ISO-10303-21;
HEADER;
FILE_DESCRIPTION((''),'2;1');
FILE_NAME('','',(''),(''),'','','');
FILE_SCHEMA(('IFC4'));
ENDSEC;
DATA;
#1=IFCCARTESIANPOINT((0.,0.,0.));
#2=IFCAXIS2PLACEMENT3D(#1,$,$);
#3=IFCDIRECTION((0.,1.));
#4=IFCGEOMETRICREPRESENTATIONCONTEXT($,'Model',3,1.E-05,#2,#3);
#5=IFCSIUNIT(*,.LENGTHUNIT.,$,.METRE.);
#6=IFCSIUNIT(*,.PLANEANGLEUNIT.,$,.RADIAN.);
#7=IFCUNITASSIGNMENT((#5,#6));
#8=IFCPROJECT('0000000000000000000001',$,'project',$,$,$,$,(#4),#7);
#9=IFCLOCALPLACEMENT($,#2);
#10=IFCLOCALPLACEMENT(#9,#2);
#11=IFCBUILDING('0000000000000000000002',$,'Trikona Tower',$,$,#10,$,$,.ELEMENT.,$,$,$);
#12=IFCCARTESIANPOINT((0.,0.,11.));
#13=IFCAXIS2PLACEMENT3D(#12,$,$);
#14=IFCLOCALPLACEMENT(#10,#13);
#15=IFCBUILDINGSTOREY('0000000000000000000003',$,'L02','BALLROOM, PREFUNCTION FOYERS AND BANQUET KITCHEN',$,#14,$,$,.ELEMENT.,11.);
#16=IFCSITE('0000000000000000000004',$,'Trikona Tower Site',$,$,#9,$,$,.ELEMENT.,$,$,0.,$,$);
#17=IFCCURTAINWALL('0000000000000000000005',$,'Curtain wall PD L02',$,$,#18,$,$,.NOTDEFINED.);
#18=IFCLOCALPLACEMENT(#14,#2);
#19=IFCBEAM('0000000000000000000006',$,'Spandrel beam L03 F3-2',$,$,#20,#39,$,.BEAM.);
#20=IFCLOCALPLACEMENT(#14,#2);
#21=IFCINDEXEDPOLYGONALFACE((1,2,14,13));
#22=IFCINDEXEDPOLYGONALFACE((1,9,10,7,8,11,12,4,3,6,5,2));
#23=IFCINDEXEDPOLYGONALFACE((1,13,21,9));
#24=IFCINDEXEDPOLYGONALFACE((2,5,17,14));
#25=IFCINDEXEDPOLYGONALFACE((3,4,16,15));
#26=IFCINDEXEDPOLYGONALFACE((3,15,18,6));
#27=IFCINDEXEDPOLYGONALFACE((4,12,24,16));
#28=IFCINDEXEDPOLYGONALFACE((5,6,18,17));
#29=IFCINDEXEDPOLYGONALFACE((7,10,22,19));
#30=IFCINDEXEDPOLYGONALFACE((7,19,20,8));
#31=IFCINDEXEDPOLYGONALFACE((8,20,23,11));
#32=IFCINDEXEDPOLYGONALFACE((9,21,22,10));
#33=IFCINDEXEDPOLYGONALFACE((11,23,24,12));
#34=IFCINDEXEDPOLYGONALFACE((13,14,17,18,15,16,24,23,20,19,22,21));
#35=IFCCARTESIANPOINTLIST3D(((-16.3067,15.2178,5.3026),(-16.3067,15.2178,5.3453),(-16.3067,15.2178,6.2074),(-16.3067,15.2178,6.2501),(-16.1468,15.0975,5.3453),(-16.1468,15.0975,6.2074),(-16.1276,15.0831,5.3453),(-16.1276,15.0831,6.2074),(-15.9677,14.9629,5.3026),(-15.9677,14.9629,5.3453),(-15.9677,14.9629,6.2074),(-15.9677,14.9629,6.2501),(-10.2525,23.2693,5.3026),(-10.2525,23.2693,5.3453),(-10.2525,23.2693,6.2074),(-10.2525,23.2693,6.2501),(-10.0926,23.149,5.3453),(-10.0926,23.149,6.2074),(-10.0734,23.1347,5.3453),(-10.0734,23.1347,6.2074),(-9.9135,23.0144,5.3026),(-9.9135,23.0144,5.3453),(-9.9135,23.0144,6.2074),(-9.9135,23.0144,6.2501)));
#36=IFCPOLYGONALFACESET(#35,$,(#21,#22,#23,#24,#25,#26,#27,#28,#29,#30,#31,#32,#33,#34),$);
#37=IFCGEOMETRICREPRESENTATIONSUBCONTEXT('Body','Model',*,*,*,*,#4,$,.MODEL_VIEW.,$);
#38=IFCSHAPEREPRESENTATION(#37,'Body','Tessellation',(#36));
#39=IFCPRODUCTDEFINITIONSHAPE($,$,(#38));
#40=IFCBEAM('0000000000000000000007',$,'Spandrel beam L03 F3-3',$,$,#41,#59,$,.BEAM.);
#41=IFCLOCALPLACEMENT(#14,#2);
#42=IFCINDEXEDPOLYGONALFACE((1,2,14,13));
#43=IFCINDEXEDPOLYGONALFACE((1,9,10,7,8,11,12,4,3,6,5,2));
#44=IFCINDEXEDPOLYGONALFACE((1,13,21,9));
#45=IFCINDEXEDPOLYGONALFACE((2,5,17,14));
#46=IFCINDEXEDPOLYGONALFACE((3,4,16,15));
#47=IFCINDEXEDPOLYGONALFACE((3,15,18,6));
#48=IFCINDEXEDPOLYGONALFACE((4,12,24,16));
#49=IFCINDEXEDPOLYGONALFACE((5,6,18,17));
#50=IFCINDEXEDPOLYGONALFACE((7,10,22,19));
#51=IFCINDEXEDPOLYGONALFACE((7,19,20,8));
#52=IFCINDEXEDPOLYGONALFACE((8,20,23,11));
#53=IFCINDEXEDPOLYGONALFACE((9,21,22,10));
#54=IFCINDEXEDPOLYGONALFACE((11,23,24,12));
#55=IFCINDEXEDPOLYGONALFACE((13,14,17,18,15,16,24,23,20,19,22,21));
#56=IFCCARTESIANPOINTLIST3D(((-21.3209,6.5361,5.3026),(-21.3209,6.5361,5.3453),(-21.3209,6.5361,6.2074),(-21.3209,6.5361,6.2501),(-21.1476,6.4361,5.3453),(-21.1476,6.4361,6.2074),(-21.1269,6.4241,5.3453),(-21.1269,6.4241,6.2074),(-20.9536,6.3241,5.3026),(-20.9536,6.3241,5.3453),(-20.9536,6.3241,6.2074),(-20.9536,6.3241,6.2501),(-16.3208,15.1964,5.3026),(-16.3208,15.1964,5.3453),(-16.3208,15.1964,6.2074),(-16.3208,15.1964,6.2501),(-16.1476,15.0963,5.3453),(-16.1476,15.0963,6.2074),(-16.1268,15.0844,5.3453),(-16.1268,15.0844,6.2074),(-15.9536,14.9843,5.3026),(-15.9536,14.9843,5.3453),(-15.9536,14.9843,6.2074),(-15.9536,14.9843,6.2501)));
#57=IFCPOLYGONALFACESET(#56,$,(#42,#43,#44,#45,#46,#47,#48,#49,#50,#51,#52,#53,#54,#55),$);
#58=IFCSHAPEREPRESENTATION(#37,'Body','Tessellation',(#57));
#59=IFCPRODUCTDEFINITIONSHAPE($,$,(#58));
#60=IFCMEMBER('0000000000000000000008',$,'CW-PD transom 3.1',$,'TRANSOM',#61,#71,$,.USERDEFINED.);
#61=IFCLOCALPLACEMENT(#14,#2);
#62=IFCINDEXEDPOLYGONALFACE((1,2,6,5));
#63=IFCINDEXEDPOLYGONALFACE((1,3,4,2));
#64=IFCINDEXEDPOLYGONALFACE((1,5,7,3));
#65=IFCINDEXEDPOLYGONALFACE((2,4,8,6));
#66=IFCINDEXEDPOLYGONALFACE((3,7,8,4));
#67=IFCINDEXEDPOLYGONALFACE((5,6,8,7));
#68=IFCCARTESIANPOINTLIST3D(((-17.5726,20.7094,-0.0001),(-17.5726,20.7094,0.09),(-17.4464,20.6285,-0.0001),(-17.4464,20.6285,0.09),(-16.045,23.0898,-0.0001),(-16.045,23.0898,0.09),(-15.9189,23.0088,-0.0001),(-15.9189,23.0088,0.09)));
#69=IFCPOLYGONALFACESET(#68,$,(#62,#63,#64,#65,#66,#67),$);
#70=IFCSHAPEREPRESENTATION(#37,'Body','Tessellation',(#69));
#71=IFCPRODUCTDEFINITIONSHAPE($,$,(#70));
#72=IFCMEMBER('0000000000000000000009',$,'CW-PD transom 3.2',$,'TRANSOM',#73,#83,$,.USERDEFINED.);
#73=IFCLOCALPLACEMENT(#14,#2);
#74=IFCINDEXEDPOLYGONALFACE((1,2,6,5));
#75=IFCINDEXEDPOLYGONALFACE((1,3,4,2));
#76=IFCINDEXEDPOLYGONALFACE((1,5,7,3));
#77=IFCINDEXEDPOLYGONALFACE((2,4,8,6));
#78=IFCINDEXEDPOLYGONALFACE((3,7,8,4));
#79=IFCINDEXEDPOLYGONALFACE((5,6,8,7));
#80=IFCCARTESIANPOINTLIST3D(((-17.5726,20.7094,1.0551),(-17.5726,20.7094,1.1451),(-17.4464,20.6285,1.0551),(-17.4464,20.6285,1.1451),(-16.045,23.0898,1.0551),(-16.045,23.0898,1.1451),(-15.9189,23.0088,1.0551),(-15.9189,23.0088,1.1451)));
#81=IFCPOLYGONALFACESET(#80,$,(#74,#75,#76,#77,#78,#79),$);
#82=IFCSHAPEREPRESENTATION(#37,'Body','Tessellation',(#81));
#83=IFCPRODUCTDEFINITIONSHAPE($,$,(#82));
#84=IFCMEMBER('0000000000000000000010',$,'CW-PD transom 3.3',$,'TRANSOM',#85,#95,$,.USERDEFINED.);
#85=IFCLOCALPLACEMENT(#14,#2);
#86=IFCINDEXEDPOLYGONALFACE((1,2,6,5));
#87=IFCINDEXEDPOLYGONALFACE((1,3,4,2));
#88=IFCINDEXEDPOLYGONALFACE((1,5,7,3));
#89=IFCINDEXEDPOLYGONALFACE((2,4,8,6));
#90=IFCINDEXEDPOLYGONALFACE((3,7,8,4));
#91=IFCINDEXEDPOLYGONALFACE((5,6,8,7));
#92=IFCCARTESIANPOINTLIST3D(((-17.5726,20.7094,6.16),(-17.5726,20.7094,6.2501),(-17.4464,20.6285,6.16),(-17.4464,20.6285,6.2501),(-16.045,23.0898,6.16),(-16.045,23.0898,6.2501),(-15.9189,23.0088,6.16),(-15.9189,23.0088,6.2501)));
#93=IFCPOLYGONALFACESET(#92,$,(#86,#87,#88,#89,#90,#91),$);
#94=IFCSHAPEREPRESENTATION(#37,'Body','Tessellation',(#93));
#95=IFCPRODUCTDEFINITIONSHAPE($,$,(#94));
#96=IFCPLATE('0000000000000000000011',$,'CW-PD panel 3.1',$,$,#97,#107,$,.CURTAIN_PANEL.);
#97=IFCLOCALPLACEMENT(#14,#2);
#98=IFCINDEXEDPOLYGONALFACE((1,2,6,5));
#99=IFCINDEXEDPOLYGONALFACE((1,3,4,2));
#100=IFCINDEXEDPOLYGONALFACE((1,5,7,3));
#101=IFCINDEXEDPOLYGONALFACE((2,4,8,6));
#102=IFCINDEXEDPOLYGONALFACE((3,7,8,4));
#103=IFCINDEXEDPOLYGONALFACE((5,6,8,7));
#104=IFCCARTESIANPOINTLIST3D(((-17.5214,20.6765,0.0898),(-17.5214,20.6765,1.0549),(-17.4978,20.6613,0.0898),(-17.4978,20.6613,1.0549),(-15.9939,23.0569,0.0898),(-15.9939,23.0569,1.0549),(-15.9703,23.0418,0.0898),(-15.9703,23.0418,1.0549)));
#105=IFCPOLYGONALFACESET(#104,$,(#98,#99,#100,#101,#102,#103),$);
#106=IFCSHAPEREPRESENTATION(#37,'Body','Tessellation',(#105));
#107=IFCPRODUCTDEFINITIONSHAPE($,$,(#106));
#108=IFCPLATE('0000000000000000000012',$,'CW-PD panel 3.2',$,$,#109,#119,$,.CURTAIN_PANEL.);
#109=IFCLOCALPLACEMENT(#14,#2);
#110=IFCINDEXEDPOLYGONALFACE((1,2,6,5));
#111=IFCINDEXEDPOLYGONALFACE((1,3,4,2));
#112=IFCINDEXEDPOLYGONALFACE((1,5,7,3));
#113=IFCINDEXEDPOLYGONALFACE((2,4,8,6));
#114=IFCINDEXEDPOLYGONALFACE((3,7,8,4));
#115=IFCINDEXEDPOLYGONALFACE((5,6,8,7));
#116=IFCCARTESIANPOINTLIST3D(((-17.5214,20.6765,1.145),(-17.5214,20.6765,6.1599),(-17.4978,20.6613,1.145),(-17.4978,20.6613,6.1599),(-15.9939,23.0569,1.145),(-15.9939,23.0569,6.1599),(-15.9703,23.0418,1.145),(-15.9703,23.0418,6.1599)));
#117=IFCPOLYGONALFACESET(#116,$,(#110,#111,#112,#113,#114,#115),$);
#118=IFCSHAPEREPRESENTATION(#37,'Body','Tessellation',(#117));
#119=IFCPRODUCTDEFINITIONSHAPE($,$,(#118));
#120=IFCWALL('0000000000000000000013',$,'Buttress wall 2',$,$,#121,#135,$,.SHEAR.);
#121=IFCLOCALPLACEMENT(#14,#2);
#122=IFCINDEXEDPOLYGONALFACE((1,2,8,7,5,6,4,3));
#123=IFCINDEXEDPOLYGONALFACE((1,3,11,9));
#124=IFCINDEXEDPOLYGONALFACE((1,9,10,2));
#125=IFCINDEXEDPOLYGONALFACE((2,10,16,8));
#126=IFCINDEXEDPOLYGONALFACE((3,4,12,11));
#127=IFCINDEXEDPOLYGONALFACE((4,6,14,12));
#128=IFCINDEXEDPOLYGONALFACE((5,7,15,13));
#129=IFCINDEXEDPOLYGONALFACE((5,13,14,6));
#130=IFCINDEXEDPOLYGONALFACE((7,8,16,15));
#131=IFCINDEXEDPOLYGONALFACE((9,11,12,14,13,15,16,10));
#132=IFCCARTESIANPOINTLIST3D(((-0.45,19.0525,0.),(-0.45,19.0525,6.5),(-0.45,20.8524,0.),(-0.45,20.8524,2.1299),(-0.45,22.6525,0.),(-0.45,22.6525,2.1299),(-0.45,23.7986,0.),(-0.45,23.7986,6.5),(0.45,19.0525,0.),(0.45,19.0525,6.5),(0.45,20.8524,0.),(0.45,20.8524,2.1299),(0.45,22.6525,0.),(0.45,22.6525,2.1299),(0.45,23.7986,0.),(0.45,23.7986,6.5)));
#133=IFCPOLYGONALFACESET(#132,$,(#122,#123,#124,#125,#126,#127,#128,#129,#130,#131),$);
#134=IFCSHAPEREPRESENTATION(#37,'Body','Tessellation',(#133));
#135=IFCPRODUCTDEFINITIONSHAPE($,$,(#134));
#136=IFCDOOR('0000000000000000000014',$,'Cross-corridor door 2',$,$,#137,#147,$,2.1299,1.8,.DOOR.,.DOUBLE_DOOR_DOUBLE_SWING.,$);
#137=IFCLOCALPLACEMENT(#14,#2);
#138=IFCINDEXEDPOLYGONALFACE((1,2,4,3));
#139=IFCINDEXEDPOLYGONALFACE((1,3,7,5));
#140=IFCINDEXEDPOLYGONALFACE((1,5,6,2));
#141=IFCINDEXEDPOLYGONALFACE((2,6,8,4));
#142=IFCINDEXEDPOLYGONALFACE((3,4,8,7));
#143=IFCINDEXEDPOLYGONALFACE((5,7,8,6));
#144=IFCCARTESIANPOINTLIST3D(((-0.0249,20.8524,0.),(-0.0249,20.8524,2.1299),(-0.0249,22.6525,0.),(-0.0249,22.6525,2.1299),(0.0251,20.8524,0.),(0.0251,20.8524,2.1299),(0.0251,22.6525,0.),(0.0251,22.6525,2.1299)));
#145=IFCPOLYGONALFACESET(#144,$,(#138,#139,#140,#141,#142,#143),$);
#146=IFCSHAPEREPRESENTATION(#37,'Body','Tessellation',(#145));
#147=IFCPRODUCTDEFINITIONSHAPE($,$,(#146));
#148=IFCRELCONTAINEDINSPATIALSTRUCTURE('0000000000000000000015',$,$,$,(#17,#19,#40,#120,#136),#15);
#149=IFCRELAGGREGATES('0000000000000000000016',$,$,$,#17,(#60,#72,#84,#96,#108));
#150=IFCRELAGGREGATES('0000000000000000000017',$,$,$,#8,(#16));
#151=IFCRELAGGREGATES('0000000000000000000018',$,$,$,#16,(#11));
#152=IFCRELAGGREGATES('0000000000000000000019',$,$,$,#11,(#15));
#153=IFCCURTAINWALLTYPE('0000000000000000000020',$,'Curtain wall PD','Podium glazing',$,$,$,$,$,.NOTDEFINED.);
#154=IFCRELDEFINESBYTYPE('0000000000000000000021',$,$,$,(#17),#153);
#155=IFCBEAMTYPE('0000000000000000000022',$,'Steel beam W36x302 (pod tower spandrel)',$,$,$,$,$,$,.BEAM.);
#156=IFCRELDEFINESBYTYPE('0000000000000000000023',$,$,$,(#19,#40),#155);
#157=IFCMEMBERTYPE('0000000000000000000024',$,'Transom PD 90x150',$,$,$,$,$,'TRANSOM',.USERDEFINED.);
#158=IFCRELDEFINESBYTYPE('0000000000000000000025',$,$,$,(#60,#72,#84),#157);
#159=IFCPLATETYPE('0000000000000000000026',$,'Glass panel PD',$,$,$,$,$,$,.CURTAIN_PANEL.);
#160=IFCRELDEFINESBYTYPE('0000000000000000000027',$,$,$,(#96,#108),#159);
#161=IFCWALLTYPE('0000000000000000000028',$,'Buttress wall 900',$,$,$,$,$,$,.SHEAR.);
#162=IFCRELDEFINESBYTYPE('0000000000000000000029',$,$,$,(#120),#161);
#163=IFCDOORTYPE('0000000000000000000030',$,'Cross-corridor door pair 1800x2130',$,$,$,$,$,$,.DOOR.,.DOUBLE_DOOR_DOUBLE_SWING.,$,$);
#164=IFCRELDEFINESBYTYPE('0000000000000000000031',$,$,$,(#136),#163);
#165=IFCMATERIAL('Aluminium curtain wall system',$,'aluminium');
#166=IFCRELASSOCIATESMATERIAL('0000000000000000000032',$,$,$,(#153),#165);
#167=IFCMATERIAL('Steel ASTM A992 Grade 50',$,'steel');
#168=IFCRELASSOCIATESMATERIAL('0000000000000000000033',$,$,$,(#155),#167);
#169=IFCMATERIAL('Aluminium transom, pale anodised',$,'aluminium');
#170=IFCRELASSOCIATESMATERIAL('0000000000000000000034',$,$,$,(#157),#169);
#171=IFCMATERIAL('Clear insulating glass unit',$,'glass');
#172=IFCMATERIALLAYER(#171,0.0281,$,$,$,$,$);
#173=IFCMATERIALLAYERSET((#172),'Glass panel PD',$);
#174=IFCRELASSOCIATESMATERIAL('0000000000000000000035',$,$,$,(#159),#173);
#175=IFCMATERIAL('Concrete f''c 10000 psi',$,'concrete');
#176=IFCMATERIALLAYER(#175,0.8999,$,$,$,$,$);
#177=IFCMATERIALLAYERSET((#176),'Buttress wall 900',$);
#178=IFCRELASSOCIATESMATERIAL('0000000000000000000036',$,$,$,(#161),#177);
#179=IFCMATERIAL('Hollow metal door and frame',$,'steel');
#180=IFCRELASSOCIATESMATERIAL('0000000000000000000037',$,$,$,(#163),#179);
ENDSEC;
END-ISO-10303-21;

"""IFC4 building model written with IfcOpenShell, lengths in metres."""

from ifc_helpers import new_model, si_unit, direction, frame, frame_2d, origin, origin_2d, place, context, subcontext, project, spatial, rectangle, i_section, extrude, material, layer, layer_set, material_profile, profile_set, type_object, element, fill, aggregate, save


model = new_model("IFC4")

# Units and contexts
model_context = context("Model", 3, precision=1e-05, world=origin(), true_north=direction((0.0, 1.0)))
body_context = subcontext(model_context, "Body", "Model", "MODEL_VIEW")
ifc_project = project(units=[si_unit("LENGTHUNIT", "METRE"), si_unit("PLANEANGLEUNIT", "RADIAN")], contexts=[model_context])

# Site, building, storey
site_placement = place(None, origin())
site = spatial("IfcSite", under=ifc_project, at=site_placement, Name="Trikona Tower Site", CompositionType="ELEMENT", RefElevation=0.0)
building_placement = place(site_placement, origin())
building = spatial("IfcBuilding", under=site, at=building_placement, Name="Trikona Tower", CompositionType="ELEMENT")
storey_placement = place(building_placement, frame((0.0, 0.0, 11.0)))
storey = spatial("IfcBuildingStorey", under=building, at=storey_placement, Name="L02", Description="BALLROOM, PREFUNCTION FOYERS AND BANQUET KITCHEN", CompositionType="ELEMENT", Elevation=11.0)

# Curtain wall
ifc_material_1 = material(Name="Aluminium curtain wall system", Category="aluminium")
curtain_wall_type = type_object("IfcCurtainWallType", Name="Curtain wall PD", Description="Podium glazing", PredefinedType="NOTDEFINED", material=ifc_material_1)
curtain_wall_placement = place(storey_placement, origin())
curtain_wall = element("IfcCurtainWall", 1, at=curtain_wall_placement, inside=storey, type_object=curtain_wall_type, Name="Curtain wall PD L02", PredefinedType="NOTDEFINED")

# Beams
ifc_material_2 = material(Name="Steel ASTM A992 Grade 50", Category="steel")
ifc_material_profile_1 = material_profile(ifc_material_2, i_section(OverallWidth=0.4241, OverallDepth=0.9475, WebThickness=0.0239, FlangeThickness=0.0427, at=origin_2d()), Name="W36X302")
ifc_profile_set_1 = profile_set([ifc_material_profile_1], Name="Steel ASTM A992 Grade 50")
beam_type_1 = type_object("IfcBeamType", Name="Steel beam W36x302 (pod tower spandrel)", PredefinedType="BEAM", material=ifc_profile_set_1)
beam_1_placement = place(storey_placement, frame((-10.083, 23.1418, 5.7764), z_axis=(-0.600988, -0.799258, 0.0), x_axis=(0.799258, -0.600988, 0.0)))
element("IfcBeam", 2, at=beam_1_placement, inside=storey, type_object=beam_type_1, Name="Spandrel beam L03 F3-2", PredefinedType="BEAM", context=body_context, shape_type="SweptSolid", body=[
    extrude(i_section(OverallWidth=0.4241, OverallDepth=0.9475, WebThickness=0.0239, FlangeThickness=0.0427, at=origin_2d()), origin(), (0.0, 0.0, 1.0), 10.0737),
])
beam_2_placement = place(storey_placement, frame((-16.1372, 15.0903, 5.7764), z_axis=(-0.500004, -0.866023, 0.0), x_axis=(0.866023, -0.500004, 0.0)))
element("IfcBeam", 3, at=beam_2_placement, inside=storey, type_object=beam_type_1, Name="Spandrel beam L03 F3-3", PredefinedType="BEAM", context=body_context, shape_type="SweptSolid", body=[
    extrude(i_section(OverallWidth=0.4241, OverallDepth=0.9475, WebThickness=0.0239, FlangeThickness=0.0427, at=origin_2d()), origin(), (0.0, 0.0, 1.0), 10.0),
])

# Members
ifc_material_3 = material(Name="Aluminium transom, pale anodised", Category="aluminium")
ifc_material_profile_2 = material_profile(ifc_material_3, rectangle(XDim=0.1499, YDim=0.0901, at=origin_2d()), Name="TRN-PD")
ifc_profile_set_2 = profile_set([ifc_material_profile_2], Name="Aluminium transom, pale anodised")
member_type_1 = type_object("IfcMemberType", Name="Transom PD 90x150", ElementType="TRANSOM", PredefinedType="USERDEFINED", material=ifc_profile_set_2)
member_1_placement = place(storey_placement, frame((-15.9819, 23.0493, 0.0449), z_axis=(-0.540094, -0.841605, 0.0), x_axis=(0.841605, -0.540094, 0.0)))
member_1 = element("IfcMember", 4, at=member_1_placement, type_object=member_type_1, Name="CW-PD transom 3.1", ObjectType="TRANSOM", PredefinedType="USERDEFINED", context=body_context, shape_type="SweptSolid", body=[
    extrude(rectangle(XDim=0.1499, YDim=0.0901, at=origin_2d()), origin(), (0.0, 0.0, 1.0), 2.8284),
])
member_2_placement = place(storey_placement, frame((-15.9819, 23.0493, 1.1001), z_axis=(-0.540094, -0.841605, 0.0), x_axis=(0.841605, -0.540094, 0.0)))
member_2 = element("IfcMember", 5, at=member_2_placement, type_object=member_type_1, Name="CW-PD transom 3.2", ObjectType="TRANSOM", PredefinedType="USERDEFINED", context=body_context, shape_type="SweptSolid", body=[
    extrude(rectangle(XDim=0.1499, YDim=0.0901, at=origin_2d()), origin(), (0.0, 0.0, 1.0), 2.8284),
])
member_3_placement = place(storey_placement, frame((-15.9819, 23.0493, 6.2051), z_axis=(-0.540094, -0.841605, 0.0), x_axis=(0.841605, -0.540094, 0.0)))
member_3 = element("IfcMember", 6, at=member_3_placement, type_object=member_type_1, Name="CW-PD transom 3.3", ObjectType="TRANSOM", PredefinedType="USERDEFINED", context=body_context, shape_type="SweptSolid", body=[
    extrude(rectangle(XDim=0.1499, YDim=0.0901, at=origin_2d()), origin(), (0.0, 0.0, 1.0), 2.8284),
])

# Plates
ifc_material_4 = material(Name="Clear insulating glass unit", Category="glass")
ifc_layer_1 = layer(ifc_material_4, 0.0281)
ifc_layer_set_1 = layer_set([ifc_layer_1], Name="Glass panel PD")
plate_type = type_object("IfcPlateType", Name="Glass panel PD", PredefinedType="CURTAIN_PANEL", material=ifc_layer_set_1)
plate_1_placement = place(storey_placement, frame((-16.7458, 21.8591, 0.0898), z_axis=(0.0, 0.0, 1.0), x_axis=(-0.540066, -0.841623, 0.0)))
plate_1 = element("IfcPlate", 7, at=plate_1_placement, type_object=plate_type, Name="CW-PD panel 3.1", PredefinedType="CURTAIN_PANEL", context=body_context, shape_type="SweptSolid", body=[
    extrude(rectangle(XDim=2.8284, YDim=0.0281, at=origin_2d()), origin(), (0.0, 0.0, 1.0), 0.9651),
])
plate_2_placement = place(storey_placement, frame((-16.7458, 21.8591, 1.145), z_axis=(0.0, 0.0, 1.0), x_axis=(-0.540066, -0.841623, 0.0)))
plate_2 = element("IfcPlate", 8, at=plate_2_placement, type_object=plate_type, Name="CW-PD panel 3.2", PredefinedType="CURTAIN_PANEL", context=body_context, shape_type="SweptSolid", body=[
    extrude(rectangle(XDim=2.8284, YDim=0.0281, at=origin_2d()), origin(), (0.0, 0.0, 1.0), 5.0149),
])
aggregate(curtain_wall, [member_1, member_2, member_3, plate_1, plate_2])

# Wall, opening, door
ifc_material_5 = material(Name="Concrete f'c 10000 psi", Category="concrete")
ifc_layer_2 = layer(ifc_material_5, 0.8999)
ifc_layer_set_2 = layer_set([ifc_layer_2], Name="Buttress wall 900")
wall_type_1 = type_object("IfcWallType", Name="Buttress wall 900", PredefinedType="SHEAR", material=ifc_layer_set_2)
wall_1_placement = place(storey_placement, frame((0.0, 19.0525, 0.0), z_axis=(0.0, 0.0, 1.0), x_axis=(0.0, 1.0, 0.0)))
wall_1 = element("IfcWall", 9, at=wall_1_placement, inside=storey, type_object=wall_type_1, Name="Buttress wall 2", PredefinedType="SHEAR", context=body_context, shape_type="SweptSolid", body=[
    extrude(rectangle(XDim=4.7461, YDim=0.8999, at=frame_2d((2.373, 0.0))), origin(), (0.0, 0.0, 1.0), 6.5),
])
opening_1_placement = place(wall_1_placement, frame((1.8, 0.0, 0.0)))
opening_1 = element("IfcOpeningElement", 10, at=opening_1_placement, cuts=wall_1, PredefinedType="OPENING", context=body_context, shape_type="SweptSolid", body=[
    extrude(rectangle(XDim=1.8, YDim=2.1299, at=frame_2d((0.8999, 1.0649))), frame((0.0, 0.46, 0.0), z_axis=(0.0, -1.0, 0.0), x_axis=(1.0, 0.0, 0.0)), (0.0, 0.0, 1.0), 0.9199),
])
ifc_material_6 = material(Name="Hollow metal door and frame", Category="steel")
door_type_1 = type_object("IfcDoorType", Name="Cross-corridor door pair 1800x2130", OperationType="DOUBLE_DOOR_DOUBLE_SWING", PredefinedType="DOOR", material=ifc_material_6)
door_1_placement = place(opening_1_placement, origin())
door_1 = element("IfcDoor", 11, at=door_1_placement, inside=storey, type_object=door_type_1, Name="Cross-corridor door 2", OperationType="DOUBLE_DOOR_DOUBLE_SWING", OverallHeight=2.1299, OverallWidth=1.8, PredefinedType="DOOR", context=body_context, shape_type="SweptSolid", body=[
    extrude(rectangle(XDim=1.8, YDim=2.1299, at=frame_2d((0.8999, 1.0649))), frame((0.0, 0.0249, 0.0), z_axis=(0.0, -1.0, 0.0), x_axis=(1.0, 0.0, 0.0)), (0.0, 0.0, 1.0), 0.05),
])
fill(opening_1, door_1)

save(model, "model.ifc")
